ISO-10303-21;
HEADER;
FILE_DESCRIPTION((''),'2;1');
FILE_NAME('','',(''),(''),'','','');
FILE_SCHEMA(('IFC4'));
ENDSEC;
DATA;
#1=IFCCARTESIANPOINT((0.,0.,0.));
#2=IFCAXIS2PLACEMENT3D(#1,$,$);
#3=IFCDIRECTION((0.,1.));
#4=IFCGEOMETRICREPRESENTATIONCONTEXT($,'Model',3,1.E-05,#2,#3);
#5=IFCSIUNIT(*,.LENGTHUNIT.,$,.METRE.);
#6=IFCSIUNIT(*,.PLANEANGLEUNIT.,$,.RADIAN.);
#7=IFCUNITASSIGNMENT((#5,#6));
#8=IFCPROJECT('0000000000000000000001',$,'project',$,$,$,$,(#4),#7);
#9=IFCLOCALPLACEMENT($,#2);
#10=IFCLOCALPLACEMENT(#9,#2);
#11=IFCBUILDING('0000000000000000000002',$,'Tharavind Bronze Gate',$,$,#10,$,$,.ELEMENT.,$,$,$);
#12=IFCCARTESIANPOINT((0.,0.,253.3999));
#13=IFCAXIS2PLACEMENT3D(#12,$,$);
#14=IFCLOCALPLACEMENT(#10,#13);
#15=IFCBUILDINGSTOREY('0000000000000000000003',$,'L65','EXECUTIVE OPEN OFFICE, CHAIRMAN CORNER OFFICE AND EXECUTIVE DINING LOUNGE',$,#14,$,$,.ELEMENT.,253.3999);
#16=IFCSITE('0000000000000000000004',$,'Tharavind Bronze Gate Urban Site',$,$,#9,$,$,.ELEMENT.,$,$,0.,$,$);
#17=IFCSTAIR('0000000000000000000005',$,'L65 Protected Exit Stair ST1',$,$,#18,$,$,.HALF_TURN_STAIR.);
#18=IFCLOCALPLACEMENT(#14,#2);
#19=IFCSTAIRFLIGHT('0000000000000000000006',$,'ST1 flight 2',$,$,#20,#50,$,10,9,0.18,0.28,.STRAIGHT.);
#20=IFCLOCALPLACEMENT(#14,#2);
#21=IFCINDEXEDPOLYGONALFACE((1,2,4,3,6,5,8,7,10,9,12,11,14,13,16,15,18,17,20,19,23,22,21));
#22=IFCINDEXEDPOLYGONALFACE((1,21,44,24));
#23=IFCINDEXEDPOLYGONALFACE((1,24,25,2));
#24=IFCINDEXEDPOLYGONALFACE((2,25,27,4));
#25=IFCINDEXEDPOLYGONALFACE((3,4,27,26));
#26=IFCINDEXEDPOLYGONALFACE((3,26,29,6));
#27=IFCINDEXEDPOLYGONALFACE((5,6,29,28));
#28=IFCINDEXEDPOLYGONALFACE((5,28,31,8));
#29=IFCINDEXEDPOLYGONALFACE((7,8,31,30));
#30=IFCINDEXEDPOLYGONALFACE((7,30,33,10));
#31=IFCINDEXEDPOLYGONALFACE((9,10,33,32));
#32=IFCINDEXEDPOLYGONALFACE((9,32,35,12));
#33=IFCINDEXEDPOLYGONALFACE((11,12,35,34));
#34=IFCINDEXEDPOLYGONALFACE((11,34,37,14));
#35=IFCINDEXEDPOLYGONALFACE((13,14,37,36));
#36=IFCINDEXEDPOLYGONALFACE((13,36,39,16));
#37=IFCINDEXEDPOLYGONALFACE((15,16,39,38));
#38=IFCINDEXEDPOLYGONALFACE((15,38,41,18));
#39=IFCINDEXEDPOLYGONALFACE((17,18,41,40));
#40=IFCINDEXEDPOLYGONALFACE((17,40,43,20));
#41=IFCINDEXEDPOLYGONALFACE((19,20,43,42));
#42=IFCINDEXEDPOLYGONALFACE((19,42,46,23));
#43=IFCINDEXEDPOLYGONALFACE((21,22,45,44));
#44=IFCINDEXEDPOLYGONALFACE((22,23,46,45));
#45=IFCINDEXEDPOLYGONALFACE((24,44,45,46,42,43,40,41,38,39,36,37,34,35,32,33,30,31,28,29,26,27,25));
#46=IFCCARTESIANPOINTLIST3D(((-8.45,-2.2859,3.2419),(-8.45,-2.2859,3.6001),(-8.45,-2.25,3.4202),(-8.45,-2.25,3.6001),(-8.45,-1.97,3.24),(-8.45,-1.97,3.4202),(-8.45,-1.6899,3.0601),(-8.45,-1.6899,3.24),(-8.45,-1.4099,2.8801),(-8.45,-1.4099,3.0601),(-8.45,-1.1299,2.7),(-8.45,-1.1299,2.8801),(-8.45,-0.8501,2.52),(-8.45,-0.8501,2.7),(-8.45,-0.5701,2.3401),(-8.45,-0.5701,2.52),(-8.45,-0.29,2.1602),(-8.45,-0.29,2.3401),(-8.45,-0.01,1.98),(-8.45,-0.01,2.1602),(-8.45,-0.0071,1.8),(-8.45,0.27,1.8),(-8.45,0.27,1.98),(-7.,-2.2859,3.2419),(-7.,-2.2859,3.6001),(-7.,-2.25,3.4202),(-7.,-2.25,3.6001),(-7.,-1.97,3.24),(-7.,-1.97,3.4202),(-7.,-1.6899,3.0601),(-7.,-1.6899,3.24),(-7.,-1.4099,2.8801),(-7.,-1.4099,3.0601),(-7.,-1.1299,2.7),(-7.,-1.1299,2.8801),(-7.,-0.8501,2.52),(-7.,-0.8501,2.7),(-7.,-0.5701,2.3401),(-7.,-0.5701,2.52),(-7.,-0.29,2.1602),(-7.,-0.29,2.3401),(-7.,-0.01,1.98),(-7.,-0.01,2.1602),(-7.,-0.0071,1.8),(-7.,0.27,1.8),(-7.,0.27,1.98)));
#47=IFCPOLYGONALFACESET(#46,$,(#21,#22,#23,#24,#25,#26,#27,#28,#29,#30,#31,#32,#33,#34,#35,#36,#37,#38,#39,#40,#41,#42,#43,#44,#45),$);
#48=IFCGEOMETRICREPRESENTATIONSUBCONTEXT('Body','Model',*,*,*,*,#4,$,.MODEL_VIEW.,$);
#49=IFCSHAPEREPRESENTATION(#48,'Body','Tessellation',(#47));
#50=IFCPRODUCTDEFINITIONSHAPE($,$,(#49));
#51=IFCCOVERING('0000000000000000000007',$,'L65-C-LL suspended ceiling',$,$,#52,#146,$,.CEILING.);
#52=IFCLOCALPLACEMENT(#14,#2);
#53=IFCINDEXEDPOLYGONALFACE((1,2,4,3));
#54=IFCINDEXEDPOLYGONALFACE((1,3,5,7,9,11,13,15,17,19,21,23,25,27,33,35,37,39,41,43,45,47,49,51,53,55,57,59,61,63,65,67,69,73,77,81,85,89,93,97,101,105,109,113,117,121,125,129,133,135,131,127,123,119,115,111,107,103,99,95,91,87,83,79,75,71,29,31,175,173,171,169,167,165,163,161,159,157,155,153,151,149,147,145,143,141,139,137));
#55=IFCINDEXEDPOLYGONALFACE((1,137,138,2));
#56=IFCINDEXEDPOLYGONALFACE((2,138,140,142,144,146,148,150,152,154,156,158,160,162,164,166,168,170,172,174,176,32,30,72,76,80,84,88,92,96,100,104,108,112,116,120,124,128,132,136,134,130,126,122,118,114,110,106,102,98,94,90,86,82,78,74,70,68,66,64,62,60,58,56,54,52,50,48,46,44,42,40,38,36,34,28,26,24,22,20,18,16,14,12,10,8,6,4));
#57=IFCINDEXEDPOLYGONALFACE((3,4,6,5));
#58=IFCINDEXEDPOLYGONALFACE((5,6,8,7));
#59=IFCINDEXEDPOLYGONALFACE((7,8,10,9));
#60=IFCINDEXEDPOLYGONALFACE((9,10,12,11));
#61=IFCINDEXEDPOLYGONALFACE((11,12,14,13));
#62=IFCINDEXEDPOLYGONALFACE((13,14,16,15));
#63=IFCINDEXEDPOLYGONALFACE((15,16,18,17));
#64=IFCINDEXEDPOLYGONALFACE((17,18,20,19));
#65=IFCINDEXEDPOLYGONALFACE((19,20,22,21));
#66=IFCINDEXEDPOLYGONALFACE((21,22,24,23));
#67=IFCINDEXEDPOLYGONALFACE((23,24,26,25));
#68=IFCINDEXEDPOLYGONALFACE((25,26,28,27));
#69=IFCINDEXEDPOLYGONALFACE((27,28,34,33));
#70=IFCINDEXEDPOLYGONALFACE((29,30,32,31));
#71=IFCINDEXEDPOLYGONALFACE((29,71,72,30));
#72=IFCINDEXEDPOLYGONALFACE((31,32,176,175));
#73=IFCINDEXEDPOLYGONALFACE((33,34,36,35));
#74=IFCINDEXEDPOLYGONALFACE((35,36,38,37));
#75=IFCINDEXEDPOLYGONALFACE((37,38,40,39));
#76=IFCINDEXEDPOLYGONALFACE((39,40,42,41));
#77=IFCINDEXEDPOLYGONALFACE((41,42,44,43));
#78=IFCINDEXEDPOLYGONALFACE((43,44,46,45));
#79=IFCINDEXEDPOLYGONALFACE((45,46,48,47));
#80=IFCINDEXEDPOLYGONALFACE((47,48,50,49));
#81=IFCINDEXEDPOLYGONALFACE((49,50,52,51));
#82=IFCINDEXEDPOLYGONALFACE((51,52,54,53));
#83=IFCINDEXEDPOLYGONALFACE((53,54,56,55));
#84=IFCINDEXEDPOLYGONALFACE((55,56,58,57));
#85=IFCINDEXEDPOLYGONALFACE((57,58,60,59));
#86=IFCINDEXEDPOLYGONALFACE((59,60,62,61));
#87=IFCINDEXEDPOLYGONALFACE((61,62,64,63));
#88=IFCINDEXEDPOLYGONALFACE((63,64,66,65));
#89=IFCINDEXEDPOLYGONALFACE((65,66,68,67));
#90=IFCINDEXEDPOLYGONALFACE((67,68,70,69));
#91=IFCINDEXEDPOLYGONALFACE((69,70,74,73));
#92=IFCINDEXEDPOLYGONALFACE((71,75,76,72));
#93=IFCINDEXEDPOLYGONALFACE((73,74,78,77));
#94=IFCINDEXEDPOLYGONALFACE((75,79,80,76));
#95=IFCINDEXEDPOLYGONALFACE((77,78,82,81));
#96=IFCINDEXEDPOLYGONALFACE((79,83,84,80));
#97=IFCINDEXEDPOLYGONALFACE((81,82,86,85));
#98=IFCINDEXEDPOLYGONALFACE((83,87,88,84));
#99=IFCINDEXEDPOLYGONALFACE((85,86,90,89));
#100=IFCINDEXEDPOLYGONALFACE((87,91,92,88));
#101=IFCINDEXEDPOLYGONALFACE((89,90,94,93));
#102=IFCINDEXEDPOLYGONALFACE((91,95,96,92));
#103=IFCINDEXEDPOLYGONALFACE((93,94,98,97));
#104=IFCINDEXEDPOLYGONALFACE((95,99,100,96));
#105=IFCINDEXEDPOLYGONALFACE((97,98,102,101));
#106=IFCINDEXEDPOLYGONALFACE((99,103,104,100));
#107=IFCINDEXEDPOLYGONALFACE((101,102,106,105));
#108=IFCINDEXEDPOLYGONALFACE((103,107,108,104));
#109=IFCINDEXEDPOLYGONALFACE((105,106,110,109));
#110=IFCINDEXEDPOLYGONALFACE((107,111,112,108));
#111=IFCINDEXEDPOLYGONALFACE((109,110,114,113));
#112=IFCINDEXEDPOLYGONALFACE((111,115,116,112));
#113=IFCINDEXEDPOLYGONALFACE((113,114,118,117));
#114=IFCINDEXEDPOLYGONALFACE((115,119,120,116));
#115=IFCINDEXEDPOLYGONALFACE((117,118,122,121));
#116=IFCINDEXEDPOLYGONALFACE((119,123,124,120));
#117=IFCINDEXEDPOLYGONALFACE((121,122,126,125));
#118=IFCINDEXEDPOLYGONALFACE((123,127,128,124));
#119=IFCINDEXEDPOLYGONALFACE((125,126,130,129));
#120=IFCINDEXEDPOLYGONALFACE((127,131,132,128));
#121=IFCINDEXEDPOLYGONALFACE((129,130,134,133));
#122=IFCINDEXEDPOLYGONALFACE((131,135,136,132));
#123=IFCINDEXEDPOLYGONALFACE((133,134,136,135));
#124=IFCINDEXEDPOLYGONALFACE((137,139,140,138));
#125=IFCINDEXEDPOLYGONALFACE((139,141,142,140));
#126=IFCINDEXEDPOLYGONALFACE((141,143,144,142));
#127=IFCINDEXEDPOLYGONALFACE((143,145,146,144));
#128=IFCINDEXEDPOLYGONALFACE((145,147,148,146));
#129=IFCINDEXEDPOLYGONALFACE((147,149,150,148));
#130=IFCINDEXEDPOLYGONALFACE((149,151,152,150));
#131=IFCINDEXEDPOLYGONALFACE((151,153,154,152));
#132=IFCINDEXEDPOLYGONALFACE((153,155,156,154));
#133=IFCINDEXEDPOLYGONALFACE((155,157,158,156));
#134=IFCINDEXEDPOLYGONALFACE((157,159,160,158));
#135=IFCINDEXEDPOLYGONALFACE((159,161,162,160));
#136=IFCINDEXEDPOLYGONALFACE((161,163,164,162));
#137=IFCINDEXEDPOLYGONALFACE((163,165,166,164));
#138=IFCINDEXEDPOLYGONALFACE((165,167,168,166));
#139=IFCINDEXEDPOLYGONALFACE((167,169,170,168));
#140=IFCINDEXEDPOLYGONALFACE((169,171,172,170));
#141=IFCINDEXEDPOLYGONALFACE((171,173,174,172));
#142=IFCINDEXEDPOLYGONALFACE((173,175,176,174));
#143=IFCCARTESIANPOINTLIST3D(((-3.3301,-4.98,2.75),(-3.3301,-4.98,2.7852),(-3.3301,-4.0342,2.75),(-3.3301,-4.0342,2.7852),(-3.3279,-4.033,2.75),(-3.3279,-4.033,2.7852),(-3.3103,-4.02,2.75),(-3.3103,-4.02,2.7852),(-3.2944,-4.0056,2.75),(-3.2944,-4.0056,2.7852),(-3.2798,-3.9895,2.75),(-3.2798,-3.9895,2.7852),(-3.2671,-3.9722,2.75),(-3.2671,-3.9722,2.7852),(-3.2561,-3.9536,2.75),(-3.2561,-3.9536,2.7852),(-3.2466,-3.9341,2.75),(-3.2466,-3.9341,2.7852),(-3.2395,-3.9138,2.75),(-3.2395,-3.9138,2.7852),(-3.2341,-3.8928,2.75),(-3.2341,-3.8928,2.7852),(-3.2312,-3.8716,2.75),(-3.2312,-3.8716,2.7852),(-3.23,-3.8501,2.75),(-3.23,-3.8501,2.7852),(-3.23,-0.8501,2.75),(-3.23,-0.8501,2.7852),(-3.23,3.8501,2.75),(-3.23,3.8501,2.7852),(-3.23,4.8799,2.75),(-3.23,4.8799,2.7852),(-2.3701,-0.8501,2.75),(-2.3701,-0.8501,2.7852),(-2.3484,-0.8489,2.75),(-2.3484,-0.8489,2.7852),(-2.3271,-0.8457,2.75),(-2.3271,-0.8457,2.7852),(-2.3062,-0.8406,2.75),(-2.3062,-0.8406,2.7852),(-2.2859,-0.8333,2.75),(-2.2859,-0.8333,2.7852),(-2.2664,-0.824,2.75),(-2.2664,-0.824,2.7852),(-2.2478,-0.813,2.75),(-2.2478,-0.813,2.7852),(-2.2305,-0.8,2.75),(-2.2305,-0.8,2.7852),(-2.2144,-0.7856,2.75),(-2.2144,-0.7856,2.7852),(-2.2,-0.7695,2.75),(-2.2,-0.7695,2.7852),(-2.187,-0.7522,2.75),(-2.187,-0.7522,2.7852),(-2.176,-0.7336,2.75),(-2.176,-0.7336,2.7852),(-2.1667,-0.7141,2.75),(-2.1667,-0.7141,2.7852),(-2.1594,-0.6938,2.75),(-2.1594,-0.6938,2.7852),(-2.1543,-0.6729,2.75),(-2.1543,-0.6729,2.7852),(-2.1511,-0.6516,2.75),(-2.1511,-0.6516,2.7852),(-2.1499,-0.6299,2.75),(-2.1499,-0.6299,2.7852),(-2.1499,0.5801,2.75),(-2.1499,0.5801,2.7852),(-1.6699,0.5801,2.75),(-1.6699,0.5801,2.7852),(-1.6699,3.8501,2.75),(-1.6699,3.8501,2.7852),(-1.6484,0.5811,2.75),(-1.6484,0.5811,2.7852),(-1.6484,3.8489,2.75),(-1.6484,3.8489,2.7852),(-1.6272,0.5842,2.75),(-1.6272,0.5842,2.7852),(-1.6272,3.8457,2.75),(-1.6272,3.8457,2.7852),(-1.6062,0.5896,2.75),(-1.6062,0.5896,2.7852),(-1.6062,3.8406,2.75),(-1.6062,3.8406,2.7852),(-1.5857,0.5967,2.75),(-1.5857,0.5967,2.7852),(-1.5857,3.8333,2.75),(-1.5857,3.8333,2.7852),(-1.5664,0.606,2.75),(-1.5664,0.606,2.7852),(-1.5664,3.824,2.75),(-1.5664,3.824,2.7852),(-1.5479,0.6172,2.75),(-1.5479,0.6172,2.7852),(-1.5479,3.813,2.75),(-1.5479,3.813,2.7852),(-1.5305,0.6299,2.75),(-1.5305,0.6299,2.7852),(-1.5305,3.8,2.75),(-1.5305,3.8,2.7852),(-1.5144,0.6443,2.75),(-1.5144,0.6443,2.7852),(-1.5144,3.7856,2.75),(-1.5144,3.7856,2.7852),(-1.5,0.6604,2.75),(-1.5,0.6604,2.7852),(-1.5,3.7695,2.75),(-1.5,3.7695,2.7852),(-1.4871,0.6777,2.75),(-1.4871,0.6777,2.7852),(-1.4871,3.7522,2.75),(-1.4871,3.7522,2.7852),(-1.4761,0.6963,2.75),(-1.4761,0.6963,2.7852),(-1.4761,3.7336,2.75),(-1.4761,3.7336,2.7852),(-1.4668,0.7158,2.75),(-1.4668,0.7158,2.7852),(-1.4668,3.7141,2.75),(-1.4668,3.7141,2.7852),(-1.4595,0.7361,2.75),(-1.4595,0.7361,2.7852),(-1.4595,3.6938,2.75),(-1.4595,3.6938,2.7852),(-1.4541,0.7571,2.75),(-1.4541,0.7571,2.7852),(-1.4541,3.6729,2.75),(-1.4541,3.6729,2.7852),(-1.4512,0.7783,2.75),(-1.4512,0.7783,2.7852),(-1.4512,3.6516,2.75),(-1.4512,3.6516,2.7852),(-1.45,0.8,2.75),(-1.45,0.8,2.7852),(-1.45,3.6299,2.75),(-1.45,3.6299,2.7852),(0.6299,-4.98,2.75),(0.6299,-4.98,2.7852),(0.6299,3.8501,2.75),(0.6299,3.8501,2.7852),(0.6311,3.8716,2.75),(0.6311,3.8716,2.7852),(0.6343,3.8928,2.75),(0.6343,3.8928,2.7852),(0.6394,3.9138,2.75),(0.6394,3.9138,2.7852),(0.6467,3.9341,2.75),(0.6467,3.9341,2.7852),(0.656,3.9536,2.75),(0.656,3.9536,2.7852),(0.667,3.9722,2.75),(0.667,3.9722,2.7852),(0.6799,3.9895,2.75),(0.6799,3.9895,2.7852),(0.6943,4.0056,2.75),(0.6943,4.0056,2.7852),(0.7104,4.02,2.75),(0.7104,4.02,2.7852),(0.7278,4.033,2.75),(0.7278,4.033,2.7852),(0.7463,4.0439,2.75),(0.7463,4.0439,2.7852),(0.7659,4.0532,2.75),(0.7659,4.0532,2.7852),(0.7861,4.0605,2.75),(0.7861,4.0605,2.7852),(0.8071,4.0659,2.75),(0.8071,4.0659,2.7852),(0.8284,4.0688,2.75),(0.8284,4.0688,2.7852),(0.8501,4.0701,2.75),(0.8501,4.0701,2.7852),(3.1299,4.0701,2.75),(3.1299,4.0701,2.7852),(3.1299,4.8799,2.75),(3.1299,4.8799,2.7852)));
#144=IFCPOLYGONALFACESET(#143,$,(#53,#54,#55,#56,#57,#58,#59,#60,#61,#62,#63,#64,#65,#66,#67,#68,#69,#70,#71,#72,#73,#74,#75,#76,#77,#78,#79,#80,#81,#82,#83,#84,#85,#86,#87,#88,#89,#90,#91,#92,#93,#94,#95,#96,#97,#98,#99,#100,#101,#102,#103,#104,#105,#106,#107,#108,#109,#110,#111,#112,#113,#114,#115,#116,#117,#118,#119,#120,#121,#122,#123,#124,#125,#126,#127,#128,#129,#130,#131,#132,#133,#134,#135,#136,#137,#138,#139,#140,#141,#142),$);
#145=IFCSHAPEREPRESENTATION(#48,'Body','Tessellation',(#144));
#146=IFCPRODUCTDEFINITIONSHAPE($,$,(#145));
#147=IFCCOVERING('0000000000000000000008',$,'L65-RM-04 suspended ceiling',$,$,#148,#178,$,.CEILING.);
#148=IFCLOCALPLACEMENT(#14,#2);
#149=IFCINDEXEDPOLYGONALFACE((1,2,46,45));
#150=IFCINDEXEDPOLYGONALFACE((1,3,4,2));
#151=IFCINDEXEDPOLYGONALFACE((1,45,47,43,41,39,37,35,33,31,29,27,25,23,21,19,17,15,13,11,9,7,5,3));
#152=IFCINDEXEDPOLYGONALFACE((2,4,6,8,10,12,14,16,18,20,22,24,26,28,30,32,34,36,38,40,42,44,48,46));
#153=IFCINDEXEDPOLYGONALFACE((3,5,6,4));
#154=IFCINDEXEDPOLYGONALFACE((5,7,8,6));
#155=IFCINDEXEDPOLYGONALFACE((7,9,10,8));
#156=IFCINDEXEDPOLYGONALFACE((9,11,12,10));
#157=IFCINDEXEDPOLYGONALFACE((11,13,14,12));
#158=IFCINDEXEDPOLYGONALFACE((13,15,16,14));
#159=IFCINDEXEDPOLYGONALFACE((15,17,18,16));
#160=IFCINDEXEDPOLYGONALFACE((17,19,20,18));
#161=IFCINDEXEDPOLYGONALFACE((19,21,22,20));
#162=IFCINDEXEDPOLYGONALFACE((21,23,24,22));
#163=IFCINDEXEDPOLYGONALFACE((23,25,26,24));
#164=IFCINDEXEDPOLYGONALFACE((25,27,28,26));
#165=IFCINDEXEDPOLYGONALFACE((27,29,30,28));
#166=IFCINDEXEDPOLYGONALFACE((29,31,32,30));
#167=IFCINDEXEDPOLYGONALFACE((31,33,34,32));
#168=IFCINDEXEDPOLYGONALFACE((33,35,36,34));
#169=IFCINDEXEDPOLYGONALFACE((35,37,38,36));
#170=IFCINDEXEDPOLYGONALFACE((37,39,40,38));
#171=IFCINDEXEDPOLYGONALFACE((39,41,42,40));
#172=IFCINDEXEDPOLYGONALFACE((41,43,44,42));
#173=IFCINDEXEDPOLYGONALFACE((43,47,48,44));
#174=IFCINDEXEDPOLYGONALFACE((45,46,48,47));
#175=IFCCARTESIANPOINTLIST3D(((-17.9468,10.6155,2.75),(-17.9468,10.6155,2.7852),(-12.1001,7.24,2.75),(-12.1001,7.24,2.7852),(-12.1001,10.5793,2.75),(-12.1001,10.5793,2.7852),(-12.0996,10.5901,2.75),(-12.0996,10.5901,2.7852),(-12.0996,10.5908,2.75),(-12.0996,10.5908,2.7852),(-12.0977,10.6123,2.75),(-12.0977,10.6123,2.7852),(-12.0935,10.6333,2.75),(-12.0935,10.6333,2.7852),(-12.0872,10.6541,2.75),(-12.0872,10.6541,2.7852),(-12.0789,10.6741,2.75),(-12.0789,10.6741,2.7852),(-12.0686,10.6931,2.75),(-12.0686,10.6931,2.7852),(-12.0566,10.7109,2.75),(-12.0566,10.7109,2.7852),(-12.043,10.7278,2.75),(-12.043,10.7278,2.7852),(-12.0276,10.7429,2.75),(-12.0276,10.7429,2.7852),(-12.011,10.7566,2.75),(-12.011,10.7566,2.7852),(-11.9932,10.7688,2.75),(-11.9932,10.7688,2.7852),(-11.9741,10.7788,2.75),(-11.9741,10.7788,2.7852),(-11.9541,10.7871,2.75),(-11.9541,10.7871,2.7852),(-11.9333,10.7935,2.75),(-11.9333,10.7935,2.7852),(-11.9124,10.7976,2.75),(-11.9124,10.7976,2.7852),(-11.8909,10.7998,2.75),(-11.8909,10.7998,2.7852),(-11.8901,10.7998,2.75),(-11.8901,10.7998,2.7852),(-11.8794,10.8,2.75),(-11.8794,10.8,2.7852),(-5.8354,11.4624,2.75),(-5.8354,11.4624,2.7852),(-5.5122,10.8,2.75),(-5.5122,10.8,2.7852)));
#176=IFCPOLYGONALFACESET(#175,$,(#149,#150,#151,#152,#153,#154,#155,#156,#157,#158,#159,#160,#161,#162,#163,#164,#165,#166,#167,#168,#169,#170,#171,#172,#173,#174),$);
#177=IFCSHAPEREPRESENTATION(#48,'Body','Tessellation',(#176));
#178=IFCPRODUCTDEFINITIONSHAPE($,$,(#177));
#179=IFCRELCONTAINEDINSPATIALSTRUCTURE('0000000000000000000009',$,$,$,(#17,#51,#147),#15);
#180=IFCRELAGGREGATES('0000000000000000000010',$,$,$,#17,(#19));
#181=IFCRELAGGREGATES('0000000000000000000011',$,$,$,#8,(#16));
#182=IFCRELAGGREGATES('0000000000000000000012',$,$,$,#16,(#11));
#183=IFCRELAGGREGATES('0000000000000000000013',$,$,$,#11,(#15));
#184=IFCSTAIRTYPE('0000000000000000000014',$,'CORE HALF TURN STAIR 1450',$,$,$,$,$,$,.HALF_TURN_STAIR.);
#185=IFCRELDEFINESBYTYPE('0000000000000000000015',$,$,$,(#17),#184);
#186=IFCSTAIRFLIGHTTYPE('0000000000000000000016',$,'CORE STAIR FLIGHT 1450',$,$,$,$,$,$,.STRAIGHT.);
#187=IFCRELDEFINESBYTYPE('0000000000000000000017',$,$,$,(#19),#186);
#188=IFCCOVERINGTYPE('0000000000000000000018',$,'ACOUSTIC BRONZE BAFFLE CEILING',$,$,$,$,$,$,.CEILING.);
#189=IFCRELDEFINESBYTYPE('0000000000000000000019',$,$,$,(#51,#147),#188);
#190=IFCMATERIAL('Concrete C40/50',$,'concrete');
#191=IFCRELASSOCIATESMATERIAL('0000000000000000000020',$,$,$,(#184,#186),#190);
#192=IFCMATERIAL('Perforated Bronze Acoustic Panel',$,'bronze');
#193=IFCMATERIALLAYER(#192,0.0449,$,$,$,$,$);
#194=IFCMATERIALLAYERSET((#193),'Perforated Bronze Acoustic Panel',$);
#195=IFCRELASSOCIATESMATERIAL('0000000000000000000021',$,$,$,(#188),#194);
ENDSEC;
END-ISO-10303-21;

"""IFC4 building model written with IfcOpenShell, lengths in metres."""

from ifc_helpers import new_model, si_unit, direction, frame, origin, place, context, subcontext, project, spatial, polyline, outline, extrude, material, layer, layer_set, type_object, element, aggregate, save


model = new_model("IFC4")

# Units and contexts
model_context = context("Model", 3, precision=1e-05, world=origin(), true_north=direction((0.0, 1.0)))
body_context = subcontext(model_context, "Body", "Model", "MODEL_VIEW")
ifc_project = project(units=[si_unit("LENGTHUNIT", "METRE"), si_unit("PLANEANGLEUNIT", "RADIAN")], contexts=[model_context])

# Site, building, storey
site_placement = place(None, origin())
site = spatial("IfcSite", under=ifc_project, at=site_placement, Name="Tharavind Bronze Gate Urban Site", CompositionType="ELEMENT", RefElevation=0.0)
building_placement = place(site_placement, origin())
building = spatial("IfcBuilding", under=site, at=building_placement, Name="Tharavind Bronze Gate", CompositionType="ELEMENT")
storey_placement = place(building_placement, frame((0.0, 0.0, 253.3999)))
storey = spatial("IfcBuildingStorey", under=building, at=storey_placement, Name="L65", Description="EXECUTIVE OPEN OFFICE, CHAIRMAN CORNER OFFICE AND EXECUTIVE DINING LOUNGE", CompositionType="ELEMENT", Elevation=253.3999)

# Stair, stair flight
ifc_material_1 = material(Name="Concrete C40/50", Category="concrete")
stair_type = type_object("IfcStairType", Name="CORE HALF TURN STAIR 1450", PredefinedType="HALF_TURN_STAIR", material=ifc_material_1)
stair_placement = place(storey_placement, origin())
stair = element("IfcStair", 1, at=stair_placement, inside=storey, type_object=stair_type, Name="L65 Protected Exit Stair ST1", PredefinedType="HALF_TURN_STAIR")
stair_flight_type = type_object("IfcStairFlightType", Name="CORE STAIR FLIGHT 1450", PredefinedType="STRAIGHT", material=ifc_material_1)
stair_flight_placement = place(storey_placement, frame((-7.7251, 0.27, 1.8), z_axis=(0.0, 0.0, 1.0), x_axis=(0.0, -1.0, 0.0)))
stair_flight = element("IfcStairFlight", 2, at=stair_flight_placement, type_object=stair_flight_type, Name="ST1 flight 2", NumberOfRisers=10, NumberOfTreads=9, PredefinedType="STRAIGHT", RiserHeight=0.18, TreadLength=0.28, context=body_context, shape_type="SweptSolid", body=[
    extrude(outline(polyline([(0.0, 0.0), (0.0, 0.1799), (0.28, 0.1799), (0.28, 0.3601), (0.5601, 0.3601), (0.5601, 0.54), (0.8401, 0.54), (0.8401, 0.72), (1.1201, 0.72), (1.1201, 0.8999), (1.3999, 0.8999), (1.3999, 1.0801), (1.6799, 1.0801), (1.6799, 1.26), (1.96, 1.26), (1.96, 1.4399), (2.24, 1.4399), (2.24, 1.6201), (2.52, 1.6201), (2.52, 1.8), (2.5559, 1.8), (2.5559, 1.4419), (0.2771, 0.0), (0.0, 0.0)])), frame((0.0, 0.7251, 0.0), z_axis=(0.0, -1.0, 0.0), x_axis=(1.0, 0.0, 0.0)), (0.0, 0.0, 1.0), 1.45),
])
aggregate(stair, [stair_flight])

# Coverings
ifc_material_2 = material(Name="Perforated Bronze Acoustic Panel", Category="bronze")
ifc_layer_1 = layer(ifc_material_2, 0.0449)
ifc_layer_set_1 = layer_set([ifc_layer_1], Name="Perforated Bronze Acoustic Panel")
covering_type_1 = type_object("IfcCoveringType", Name="ACOUSTIC BRONZE BAFFLE CEILING", PredefinedType="CEILING", material=ifc_layer_set_1)
covering_1_placement = place(storey_placement, frame((0.0, 0.0, 2.75)))
element("IfcCovering", 3, at=covering_1_placement, inside=storey, type_object=covering_type_1, Name="L65-C-LL suspended ceiling", PredefinedType="CEILING", context=body_context, shape_type="SweptSolid", body=[
    extrude(outline(polyline([(-3.3301, -4.98), (0.6299, -4.98), (0.6299, 3.8501), (0.6311, 3.8716), (0.6343, 3.8928), (0.6394, 3.9138), (0.6467, 3.9341), (0.656, 3.9536), (0.667, 3.9722), (0.6799, 3.9895), (0.6943, 4.0056), (0.7104, 4.02), (0.7278, 4.033), (0.7463, 4.0439), (0.7659, 4.0532), (0.7861, 4.0605), (0.8071, 4.0659), (0.8284, 4.0688), (0.8501, 4.0701), (3.1299, 4.0701), (3.1299, 4.8799), (-3.23, 4.8799), (-3.23, 3.8501), (-1.6699, 3.8501), (-1.6484, 3.8489), (-1.6272, 3.8457), (-1.6062, 3.8406), (-1.5857, 3.8333), (-1.5664, 3.824), (-1.5479, 3.813), (-1.5305, 3.8), (-1.5144, 3.7856), (-1.5, 3.7695), (-1.4871, 3.7522), (-1.4761, 3.7336), (-1.4668, 3.7141), (-1.4595, 3.6938), (-1.4541, 3.6729), (-1.4512, 3.6516), (-1.45, 3.6299), (-1.45, 0.8), (-1.4512, 0.7783), (-1.4541, 0.7571), (-1.4595, 0.7361), (-1.4668, 0.7158), (-1.4761, 0.6963), (-1.4871, 0.6777), (-1.5, 0.6604), (-1.5144, 0.6443), (-1.5305, 0.6299), (-1.5479, 0.6172), (-1.5664, 0.606), (-1.5857, 0.5967), (-1.6062, 0.5896), (-1.6272, 0.5842), (-1.6484, 0.5811), (-1.6699, 0.5801), (-2.1499, 0.5801), (-2.1499, -0.6299), (-2.1511, -0.6516), (-2.1543, -0.6729), (-2.1594, -0.6938), (-2.1667, -0.7141), (-2.176, -0.7336), (-2.187, -0.7522), (-2.2, -0.7695), (-2.2144, -0.7856), (-2.2305, -0.8), (-2.2478, -0.813), (-2.2664, -0.824), (-2.2859, -0.8333), (-2.3062, -0.8406), (-2.3271, -0.8457), (-2.3484, -0.8489), (-2.3701, -0.8501), (-3.23, -0.8501), (-3.23, -3.8501), (-3.2312, -3.8716), (-3.2341, -3.8928), (-3.2395, -3.9138), (-3.2466, -3.9341), (-3.2561, -3.9536), (-3.2671, -3.9722), (-3.2798, -3.9895), (-3.2944, -4.0056), (-3.3103, -4.02), (-3.3279, -4.033), (-3.3301, -4.0342), (-3.3301, -4.98)])), origin(), (0.0, 0.0, 1.0), 0.0352),
])
covering_2_placement = place(storey_placement, frame((0.0, 0.0, 2.75)))
element("IfcCovering", 4, at=covering_2_placement, inside=storey, type_object=covering_type_1, Name="L65-RM-04 suspended ceiling", PredefinedType="CEILING", context=body_context, shape_type="SweptSolid", body=[
    extrude(outline(polyline([(-12.1001, 7.24), (-12.1001, 10.5793), (-12.0996, 10.5901), (-12.0996, 10.5908), (-12.0977, 10.6123), (-12.0935, 10.6333), (-12.0872, 10.6541), (-12.0789, 10.6741), (-12.0686, 10.6931), (-12.0566, 10.7109), (-12.043, 10.7278), (-12.0276, 10.7429), (-12.011, 10.7566), (-11.9932, 10.7688), (-11.9741, 10.7788), (-11.9541, 10.7871), (-11.9333, 10.7935), (-11.9124, 10.7976), (-11.8909, 10.7998), (-11.8901, 10.7998), (-11.8794, 10.8), (-5.5122, 10.8), (-5.8354, 11.4624), (-17.9468, 10.6155), (-12.1001, 7.24)])), origin(), (0.0, 0.0, 1.0), 0.0352),
])

save(model, "model.ifc")
